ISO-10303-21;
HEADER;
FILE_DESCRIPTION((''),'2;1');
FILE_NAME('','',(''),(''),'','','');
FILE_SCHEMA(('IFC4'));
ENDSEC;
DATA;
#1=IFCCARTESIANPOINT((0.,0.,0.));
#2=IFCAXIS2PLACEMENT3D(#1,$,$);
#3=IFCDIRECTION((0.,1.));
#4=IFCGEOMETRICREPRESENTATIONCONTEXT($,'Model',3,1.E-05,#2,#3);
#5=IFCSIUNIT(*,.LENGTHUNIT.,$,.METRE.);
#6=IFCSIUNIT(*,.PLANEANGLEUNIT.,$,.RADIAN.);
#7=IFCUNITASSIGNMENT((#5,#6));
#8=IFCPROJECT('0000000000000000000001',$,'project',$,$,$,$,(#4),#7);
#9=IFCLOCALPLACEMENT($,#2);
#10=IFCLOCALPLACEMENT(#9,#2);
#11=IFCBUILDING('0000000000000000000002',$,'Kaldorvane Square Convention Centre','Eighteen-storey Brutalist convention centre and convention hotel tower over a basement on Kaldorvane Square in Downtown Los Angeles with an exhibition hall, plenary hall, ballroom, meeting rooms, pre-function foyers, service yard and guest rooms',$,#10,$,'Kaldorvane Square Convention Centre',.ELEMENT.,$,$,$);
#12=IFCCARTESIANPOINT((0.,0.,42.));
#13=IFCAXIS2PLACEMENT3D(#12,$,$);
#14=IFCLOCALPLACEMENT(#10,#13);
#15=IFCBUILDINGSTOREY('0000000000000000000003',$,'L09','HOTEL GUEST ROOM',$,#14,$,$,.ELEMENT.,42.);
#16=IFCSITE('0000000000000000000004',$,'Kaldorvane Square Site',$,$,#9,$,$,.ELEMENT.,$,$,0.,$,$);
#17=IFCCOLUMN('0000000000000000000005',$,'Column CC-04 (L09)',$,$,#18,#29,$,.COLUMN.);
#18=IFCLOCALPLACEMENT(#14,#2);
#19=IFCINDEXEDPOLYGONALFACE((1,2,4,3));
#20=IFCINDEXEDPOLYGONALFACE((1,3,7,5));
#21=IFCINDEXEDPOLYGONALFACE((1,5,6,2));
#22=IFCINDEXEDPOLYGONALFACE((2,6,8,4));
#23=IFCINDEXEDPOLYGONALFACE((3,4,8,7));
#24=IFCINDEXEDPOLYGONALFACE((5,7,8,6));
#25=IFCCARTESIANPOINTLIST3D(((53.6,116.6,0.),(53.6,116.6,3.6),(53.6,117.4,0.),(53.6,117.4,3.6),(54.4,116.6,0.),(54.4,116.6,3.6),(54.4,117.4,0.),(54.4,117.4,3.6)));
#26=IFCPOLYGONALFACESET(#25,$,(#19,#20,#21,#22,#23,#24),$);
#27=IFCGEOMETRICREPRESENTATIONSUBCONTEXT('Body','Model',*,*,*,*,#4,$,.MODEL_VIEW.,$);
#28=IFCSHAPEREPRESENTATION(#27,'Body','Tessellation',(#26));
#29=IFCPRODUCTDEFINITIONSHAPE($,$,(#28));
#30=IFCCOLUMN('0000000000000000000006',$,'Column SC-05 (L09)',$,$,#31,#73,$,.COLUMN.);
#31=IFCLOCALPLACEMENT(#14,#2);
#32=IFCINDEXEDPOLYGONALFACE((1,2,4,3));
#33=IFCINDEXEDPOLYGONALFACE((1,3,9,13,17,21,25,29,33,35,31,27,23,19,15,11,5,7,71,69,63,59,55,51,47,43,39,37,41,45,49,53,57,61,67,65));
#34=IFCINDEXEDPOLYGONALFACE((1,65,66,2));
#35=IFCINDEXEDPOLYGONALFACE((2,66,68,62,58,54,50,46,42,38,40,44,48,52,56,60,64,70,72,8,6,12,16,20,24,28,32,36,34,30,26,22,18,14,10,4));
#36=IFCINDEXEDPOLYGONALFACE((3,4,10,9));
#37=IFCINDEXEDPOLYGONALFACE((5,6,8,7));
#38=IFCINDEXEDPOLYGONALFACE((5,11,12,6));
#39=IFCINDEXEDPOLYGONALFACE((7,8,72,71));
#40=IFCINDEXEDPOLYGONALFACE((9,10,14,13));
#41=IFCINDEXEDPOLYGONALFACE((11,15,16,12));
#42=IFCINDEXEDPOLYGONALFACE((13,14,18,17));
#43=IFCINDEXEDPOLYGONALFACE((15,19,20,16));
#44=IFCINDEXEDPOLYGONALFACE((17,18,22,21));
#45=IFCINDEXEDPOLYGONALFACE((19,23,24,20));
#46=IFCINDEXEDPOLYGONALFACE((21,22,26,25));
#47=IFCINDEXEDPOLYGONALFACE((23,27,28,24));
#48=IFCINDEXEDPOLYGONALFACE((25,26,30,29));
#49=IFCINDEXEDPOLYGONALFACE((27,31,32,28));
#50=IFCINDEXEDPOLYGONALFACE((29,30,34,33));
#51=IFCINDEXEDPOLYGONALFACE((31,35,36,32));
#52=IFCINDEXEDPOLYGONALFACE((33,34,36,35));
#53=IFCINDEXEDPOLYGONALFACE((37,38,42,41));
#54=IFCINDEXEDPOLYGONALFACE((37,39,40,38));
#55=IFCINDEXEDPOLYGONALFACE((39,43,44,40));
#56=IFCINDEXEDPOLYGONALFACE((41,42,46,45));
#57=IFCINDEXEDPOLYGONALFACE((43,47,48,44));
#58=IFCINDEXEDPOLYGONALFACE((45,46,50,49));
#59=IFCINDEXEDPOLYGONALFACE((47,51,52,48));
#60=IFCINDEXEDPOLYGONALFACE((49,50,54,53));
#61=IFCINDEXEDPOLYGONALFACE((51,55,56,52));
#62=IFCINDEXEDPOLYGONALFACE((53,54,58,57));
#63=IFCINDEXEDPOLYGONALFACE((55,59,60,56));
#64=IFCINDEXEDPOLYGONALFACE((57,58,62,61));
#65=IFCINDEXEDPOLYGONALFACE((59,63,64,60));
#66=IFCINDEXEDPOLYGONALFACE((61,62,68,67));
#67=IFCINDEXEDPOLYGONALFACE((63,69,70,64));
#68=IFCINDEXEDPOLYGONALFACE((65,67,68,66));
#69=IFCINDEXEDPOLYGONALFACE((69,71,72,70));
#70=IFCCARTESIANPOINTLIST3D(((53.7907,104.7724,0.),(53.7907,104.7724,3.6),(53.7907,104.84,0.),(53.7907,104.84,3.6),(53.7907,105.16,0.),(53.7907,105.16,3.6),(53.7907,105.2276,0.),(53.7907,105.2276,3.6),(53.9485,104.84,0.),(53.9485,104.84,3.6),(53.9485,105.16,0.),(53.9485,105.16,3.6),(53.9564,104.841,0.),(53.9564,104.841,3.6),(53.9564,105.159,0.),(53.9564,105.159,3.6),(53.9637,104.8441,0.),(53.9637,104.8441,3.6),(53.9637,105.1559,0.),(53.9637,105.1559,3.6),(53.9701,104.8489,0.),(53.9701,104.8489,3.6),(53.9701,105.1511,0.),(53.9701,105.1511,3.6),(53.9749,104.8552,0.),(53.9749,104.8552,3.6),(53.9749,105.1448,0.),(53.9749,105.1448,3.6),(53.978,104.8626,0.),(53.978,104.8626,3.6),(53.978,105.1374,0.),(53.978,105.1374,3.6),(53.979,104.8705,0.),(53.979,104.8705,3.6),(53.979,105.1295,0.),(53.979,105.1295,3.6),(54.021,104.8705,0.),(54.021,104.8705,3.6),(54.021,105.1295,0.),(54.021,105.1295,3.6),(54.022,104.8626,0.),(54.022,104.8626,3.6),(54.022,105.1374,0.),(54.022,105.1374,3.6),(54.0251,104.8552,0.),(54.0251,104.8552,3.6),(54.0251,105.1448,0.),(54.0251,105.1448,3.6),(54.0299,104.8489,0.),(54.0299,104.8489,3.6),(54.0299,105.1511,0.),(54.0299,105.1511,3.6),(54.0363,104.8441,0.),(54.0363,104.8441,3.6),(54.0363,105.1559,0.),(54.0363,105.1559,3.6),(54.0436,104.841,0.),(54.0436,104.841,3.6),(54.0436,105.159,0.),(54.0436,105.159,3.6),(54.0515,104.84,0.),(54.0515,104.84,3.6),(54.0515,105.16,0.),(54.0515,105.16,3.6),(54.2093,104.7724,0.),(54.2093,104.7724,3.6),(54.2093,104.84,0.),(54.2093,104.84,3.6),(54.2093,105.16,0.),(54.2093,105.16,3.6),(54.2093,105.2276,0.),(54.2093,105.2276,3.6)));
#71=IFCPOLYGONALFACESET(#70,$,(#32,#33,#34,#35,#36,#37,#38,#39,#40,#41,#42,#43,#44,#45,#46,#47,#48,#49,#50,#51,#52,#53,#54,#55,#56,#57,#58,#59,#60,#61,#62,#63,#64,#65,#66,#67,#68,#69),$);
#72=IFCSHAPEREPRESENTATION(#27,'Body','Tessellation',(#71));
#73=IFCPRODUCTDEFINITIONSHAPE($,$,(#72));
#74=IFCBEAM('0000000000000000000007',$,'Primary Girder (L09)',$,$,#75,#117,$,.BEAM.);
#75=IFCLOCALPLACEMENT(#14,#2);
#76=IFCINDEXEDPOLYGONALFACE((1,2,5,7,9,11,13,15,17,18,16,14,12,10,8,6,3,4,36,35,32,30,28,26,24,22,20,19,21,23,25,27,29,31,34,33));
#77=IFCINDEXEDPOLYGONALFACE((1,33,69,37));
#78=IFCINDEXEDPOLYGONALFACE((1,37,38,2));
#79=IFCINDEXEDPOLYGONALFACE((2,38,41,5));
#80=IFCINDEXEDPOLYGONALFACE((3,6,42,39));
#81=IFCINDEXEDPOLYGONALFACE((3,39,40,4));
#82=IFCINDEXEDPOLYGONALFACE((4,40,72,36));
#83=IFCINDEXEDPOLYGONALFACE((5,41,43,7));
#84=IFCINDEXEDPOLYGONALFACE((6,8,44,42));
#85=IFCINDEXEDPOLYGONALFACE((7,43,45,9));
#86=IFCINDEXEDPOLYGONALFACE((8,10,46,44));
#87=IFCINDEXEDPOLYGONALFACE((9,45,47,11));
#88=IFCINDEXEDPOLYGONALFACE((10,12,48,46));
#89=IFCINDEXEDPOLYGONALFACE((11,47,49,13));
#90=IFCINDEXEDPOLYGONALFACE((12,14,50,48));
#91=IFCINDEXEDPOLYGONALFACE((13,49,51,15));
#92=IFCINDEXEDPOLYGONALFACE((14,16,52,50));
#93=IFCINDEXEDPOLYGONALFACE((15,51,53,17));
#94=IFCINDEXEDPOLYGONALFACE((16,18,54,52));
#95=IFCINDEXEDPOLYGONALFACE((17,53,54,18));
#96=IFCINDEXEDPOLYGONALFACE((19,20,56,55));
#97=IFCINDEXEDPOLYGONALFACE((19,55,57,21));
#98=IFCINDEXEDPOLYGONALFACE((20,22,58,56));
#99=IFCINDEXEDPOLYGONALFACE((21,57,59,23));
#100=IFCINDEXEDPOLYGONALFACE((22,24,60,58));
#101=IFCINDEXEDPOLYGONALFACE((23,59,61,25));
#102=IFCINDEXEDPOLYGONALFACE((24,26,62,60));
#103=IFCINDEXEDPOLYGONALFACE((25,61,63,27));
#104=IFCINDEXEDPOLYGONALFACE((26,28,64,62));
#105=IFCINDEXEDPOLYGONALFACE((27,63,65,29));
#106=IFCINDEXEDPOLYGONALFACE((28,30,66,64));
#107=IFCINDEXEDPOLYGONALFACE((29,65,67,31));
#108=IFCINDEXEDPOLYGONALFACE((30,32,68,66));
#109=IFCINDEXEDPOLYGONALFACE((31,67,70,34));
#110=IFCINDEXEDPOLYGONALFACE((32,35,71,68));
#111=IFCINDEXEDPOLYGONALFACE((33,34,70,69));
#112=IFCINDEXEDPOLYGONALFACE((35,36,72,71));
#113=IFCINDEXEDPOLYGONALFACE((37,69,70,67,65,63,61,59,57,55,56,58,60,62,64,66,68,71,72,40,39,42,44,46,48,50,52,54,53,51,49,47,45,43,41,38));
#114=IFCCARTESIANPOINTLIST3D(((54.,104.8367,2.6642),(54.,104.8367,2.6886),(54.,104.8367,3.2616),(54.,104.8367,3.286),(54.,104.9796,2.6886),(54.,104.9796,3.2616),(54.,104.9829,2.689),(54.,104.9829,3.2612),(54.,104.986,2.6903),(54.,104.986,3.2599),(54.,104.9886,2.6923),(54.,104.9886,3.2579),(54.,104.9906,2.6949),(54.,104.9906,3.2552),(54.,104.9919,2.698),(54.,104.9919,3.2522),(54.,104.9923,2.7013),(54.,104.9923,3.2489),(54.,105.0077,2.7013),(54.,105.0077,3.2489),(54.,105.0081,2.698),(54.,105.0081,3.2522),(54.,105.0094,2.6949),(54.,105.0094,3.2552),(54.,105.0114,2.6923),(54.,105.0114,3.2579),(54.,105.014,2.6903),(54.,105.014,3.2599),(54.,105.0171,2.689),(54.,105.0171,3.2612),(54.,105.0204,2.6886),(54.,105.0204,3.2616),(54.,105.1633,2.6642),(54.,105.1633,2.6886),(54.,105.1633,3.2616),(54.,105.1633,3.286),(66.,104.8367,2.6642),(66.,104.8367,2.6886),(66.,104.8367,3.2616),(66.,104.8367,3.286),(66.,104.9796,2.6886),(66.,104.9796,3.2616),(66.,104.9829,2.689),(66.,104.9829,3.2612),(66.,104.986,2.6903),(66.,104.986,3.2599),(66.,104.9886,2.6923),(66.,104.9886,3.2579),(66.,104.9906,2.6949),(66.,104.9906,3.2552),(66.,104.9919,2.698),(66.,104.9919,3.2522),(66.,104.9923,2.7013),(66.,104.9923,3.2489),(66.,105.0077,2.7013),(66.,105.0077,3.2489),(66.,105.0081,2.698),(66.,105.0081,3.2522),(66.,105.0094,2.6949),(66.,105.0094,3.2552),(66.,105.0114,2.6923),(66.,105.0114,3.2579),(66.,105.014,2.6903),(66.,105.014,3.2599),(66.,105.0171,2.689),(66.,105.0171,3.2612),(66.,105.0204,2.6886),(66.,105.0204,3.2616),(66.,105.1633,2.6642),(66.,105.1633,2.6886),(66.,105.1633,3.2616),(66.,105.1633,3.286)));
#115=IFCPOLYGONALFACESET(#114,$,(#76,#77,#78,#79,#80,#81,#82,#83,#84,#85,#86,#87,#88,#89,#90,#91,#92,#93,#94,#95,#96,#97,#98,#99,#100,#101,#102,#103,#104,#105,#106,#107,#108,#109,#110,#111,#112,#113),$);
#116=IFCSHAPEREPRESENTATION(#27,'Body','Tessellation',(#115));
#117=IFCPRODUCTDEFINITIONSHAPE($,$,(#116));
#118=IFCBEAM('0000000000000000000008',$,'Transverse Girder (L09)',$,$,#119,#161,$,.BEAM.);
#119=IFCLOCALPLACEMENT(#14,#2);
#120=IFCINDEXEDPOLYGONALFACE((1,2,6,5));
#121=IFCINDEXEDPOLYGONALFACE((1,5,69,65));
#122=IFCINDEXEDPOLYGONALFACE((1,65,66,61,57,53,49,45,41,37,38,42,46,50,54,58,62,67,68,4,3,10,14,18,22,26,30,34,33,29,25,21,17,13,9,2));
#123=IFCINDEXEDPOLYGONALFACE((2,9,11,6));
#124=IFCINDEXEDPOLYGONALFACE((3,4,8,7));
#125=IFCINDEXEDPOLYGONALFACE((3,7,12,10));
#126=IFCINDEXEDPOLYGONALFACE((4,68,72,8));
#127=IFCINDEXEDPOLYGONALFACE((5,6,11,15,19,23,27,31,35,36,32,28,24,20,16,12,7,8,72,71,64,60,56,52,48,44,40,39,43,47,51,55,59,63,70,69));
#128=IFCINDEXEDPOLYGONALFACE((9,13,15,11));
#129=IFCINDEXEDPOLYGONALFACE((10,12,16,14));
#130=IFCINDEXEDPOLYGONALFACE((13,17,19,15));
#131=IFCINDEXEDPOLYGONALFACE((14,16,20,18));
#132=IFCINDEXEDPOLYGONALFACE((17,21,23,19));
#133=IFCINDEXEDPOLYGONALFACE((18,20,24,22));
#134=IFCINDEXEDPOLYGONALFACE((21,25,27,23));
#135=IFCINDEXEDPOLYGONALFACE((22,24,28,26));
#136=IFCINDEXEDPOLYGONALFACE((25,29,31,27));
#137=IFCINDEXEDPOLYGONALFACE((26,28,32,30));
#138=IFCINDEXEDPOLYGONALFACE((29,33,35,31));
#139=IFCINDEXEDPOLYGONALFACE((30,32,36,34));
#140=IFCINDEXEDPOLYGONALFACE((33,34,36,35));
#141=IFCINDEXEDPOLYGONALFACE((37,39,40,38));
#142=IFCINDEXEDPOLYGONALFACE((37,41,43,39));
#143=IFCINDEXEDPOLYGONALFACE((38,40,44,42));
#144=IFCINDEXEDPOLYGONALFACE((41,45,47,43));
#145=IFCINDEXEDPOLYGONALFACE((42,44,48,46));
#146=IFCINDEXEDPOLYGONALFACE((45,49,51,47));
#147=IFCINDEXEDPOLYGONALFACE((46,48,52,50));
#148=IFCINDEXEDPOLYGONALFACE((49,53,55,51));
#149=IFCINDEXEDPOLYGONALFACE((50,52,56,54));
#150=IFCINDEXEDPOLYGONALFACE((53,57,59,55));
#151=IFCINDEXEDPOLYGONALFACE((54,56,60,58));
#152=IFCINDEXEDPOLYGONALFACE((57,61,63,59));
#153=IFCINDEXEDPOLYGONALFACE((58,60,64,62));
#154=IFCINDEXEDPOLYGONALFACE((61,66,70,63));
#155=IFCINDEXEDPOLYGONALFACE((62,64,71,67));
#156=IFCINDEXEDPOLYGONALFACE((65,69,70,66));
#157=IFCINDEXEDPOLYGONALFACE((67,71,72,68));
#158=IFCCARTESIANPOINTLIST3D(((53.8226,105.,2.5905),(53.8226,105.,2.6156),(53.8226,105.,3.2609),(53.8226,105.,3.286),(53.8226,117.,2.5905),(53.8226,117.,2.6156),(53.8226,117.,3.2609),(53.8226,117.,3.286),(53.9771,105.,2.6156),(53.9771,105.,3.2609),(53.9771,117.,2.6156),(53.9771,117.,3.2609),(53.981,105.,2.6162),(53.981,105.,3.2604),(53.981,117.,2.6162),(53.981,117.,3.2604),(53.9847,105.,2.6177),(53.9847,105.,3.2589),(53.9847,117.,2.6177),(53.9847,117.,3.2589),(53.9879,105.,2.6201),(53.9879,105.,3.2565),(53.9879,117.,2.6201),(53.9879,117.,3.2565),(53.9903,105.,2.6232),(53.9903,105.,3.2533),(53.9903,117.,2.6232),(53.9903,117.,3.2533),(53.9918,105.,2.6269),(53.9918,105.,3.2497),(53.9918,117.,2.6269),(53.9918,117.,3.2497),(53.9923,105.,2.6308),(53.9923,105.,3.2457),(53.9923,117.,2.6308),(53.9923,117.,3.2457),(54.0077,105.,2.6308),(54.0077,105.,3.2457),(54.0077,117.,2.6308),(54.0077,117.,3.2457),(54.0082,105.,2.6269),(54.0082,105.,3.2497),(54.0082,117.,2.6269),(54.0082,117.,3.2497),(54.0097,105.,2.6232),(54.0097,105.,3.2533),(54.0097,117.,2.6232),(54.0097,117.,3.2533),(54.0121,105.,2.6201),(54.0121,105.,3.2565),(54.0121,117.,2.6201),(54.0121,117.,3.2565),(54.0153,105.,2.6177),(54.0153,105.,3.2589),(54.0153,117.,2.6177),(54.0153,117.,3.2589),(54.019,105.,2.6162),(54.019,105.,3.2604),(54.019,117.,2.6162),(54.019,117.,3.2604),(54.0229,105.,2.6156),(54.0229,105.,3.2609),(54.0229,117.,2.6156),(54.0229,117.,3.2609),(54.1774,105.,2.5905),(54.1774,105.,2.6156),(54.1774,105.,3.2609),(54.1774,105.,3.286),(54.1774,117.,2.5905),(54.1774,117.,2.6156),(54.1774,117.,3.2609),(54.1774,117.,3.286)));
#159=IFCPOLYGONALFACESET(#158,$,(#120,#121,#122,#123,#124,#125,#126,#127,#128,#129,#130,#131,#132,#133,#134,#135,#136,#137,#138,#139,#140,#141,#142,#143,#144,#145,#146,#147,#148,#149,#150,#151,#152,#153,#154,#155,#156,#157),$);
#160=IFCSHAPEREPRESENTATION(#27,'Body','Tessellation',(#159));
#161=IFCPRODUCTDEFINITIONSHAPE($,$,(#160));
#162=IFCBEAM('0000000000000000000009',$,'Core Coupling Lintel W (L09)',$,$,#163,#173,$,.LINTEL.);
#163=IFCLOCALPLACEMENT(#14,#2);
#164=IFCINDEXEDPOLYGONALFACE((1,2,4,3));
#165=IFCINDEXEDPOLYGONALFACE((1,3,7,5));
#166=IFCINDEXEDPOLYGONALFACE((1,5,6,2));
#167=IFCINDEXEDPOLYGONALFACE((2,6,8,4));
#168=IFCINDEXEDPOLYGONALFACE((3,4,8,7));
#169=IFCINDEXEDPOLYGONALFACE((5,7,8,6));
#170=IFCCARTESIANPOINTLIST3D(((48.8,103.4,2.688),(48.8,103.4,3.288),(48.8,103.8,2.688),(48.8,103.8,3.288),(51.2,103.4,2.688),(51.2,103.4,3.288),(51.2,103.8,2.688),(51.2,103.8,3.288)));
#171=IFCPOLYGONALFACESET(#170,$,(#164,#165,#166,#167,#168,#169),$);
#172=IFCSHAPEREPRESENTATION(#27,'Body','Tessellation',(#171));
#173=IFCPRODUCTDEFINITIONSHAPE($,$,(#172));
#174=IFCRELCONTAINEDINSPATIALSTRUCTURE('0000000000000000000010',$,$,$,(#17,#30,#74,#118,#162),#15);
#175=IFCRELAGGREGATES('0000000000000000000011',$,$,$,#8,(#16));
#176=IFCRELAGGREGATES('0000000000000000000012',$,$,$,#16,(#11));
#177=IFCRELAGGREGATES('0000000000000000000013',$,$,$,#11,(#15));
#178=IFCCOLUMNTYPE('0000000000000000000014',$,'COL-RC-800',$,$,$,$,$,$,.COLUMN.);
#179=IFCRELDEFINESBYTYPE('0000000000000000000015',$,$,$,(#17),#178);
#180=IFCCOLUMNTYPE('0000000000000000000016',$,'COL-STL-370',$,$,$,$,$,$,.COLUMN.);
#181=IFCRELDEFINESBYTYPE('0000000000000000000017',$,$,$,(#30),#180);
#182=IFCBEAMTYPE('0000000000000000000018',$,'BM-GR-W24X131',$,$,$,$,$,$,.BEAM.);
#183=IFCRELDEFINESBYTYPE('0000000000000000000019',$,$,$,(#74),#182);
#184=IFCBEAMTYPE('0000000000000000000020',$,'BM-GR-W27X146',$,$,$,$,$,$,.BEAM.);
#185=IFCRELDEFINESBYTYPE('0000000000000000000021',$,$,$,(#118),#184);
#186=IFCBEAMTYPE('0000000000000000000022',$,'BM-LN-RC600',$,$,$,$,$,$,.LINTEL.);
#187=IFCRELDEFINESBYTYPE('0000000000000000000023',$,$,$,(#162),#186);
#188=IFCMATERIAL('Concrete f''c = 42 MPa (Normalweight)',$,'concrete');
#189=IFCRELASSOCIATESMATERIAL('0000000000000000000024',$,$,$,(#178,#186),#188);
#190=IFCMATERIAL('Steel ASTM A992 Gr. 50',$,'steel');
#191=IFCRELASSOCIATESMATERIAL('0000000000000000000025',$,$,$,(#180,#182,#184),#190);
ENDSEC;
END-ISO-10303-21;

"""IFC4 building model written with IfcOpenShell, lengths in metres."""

from ifc_helpers import new_model, si_unit, direction, frame, origin, origin_2d, place, context, subcontext, project, spatial, rectangle, i_section, extrude, material, material_profile, profile_set, type_object, element, save


model = new_model("IFC4")

# Units and contexts
model_context = context("Model", 3, precision=1e-05, world=origin(), true_north=direction((0.0, 1.0)))
body_context = subcontext(model_context, "Body", "Model", "MODEL_VIEW")
ifc_project = project(units=[si_unit("LENGTHUNIT", "METRE"), si_unit("PLANEANGLEUNIT", "RADIAN")], contexts=[model_context])

# Site, building, storey
site_placement = place(None, origin())
site = spatial("IfcSite", under=ifc_project, at=site_placement, Name="Kaldorvane Square Site", CompositionType="ELEMENT", RefElevation=0.0)
building_placement = place(site_placement, origin())
building = spatial("IfcBuilding", under=site, at=building_placement, Name="Kaldorvane Square Convention Centre", Description="Eighteen-storey Brutalist convention centre and convention hotel tower over a basement on Kaldorvane Square in Downtown Los Angeles with an exhibition hall, plenary hall, ballroom, meeting rooms, pre-function foyers, service yard and guest rooms", LongName="Kaldorvane Square Convention Centre", CompositionType="ELEMENT")
storey_placement = place(building_placement, frame((0.0, 0.0, 42.0)))
storey = spatial("IfcBuildingStorey", under=building, at=storey_placement, Name="L09", Description="HOTEL GUEST ROOM", CompositionType="ELEMENT", Elevation=42.0)

# Columns
ifc_material_1 = material(Name="Concrete f'c = 42 MPa (Normalweight)", Category="concrete")
ifc_material_profile_1 = material_profile(ifc_material_1, rectangle(XDim=0.8, YDim=0.8, at=origin_2d()), Name="RC800X800")
ifc_profile_set_1 = profile_set([ifc_material_profile_1], Name="Concrete f'c = 42 MPa (Normalweight)")
column_type_1 = type_object("IfcColumnType", Name="COL-RC-800", PredefinedType="COLUMN", material=ifc_profile_set_1)
column_1_placement = place(storey_placement, frame((54.0, 117.0, 0.0), z_axis=(0.0, 0.0, 1.0), x_axis=(1.0, 0.0, 0.0)))
element("IfcColumn", 1, at=column_1_placement, inside=storey, type_object=column_type_1, Name="Column CC-04 (L09)", PredefinedType="COLUMN", context=body_context, shape_type="SweptSolid", body=[
    extrude(rectangle(XDim=0.8, YDim=0.8, at=origin_2d()), origin(), (0.0, 0.0, 1.0), 3.6),
])
ifc_material_2 = material(Name="Steel ASTM A992 Gr. 50", Category="steel")
ifc_material_profile_2 = material_profile(ifc_material_2, i_section(OverallWidth=0.4185, OverallDepth=0.4552, WebThickness=0.042, FlangeThickness=0.0676, FilletRadius=0.0305, at=origin_2d()), Name="W14X370")
ifc_profile_set_2 = profile_set([ifc_material_profile_2], Name="Steel ASTM A992 Gr. 50")
column_type_2 = type_object("IfcColumnType", Name="COL-STL-370", PredefinedType="COLUMN", material=ifc_profile_set_2)
column_2_placement = place(storey_placement, frame((54.0, 105.0, 0.0), z_axis=(0.0, 0.0, 1.0), x_axis=(1.0, 0.0, 0.0)))
element("IfcColumn", 2, at=column_2_placement, inside=storey, type_object=column_type_2, Name="Column SC-05 (L09)", PredefinedType="COLUMN", context=body_context, shape_type="SweptSolid", body=[
    extrude(i_section(OverallWidth=0.4185, OverallDepth=0.4552, WebThickness=0.042, FlangeThickness=0.0676, FilletRadius=0.0305, at=origin_2d()), origin(), (0.0, 0.0, 1.0), 3.6),
])

# Beams
ifc_material_profile_3 = material_profile(ifc_material_2, i_section(OverallWidth=0.3265, OverallDepth=0.6218, WebThickness=0.0154, FlangeThickness=0.0244, FilletRadius=0.0127, at=origin_2d()), Name="W24X131")
ifc_profile_set_3 = profile_set([ifc_material_profile_3], Name="Steel ASTM A992 Gr. 50")
beam_type_1 = type_object("IfcBeamType", Name="BM-GR-W24X131", PredefinedType="BEAM", material=ifc_profile_set_3)
beam_1_placement = place(storey_placement, frame((54.0, 105.0, 2.9751), z_axis=(1.0, 0.0, 0.0), x_axis=(0.0, 1.0, 0.0)))
element("IfcBeam", 3, at=beam_1_placement, inside=storey, type_object=beam_type_1, Name="Primary Girder (L09)", PredefinedType="BEAM", context=body_context, shape_type="SweptSolid", body=[
    extrude(i_section(OverallWidth=0.3265, OverallDepth=0.6218, WebThickness=0.0154, FlangeThickness=0.0244, FilletRadius=0.0127, at=origin_2d()), origin(), (0.0, 0.0, 1.0), 12.0),
])
ifc_material_profile_4 = material_profile(ifc_material_2, i_section(OverallWidth=0.3547, OverallDepth=0.6955, WebThickness=0.0154, FlangeThickness=0.0251, FilletRadius=0.0152, at=origin_2d()), Name="W27X146")
ifc_profile_set_4 = profile_set([ifc_material_profile_4], Name="Steel ASTM A992 Gr. 50")
beam_type_2 = type_object("IfcBeamType", Name="BM-GR-W27X146", PredefinedType="BEAM", material=ifc_profile_set_4)
beam_2_placement = place(storey_placement, frame((54.0, 105.0, 2.9383), z_axis=(0.0, 1.0, 0.0), x_axis=(-1.0, 0.0, 0.0)))
element("IfcBeam", 4, at=beam_2_placement, inside=storey, type_object=beam_type_2, Name="Transverse Girder (L09)", PredefinedType="BEAM", context=body_context, shape_type="SweptSolid", body=[
    extrude(i_section(OverallWidth=0.3547, OverallDepth=0.6955, WebThickness=0.0154, FlangeThickness=0.0251, FilletRadius=0.0152, at=origin_2d()), origin(), (0.0, 0.0, 1.0), 12.0),
])
ifc_material_profile_5 = material_profile(ifc_material_1, rectangle(XDim=0.4, YDim=0.6, at=origin_2d()), Name="RCLN600X400")
ifc_profile_set_5 = profile_set([ifc_material_profile_5], Name="Concrete f'c = 42 MPa (Normalweight)")
beam_type_3 = type_object("IfcBeamType", Name="BM-LN-RC600", PredefinedType="LINTEL", material=ifc_profile_set_5)
beam_3_placement = place(storey_placement, frame((48.8, 103.6, 2.988), z_axis=(1.0, 0.0, 0.0), x_axis=(0.0, 1.0, 0.0)))
element("IfcBeam", 5, at=beam_3_placement, inside=storey, type_object=beam_type_3, Name="Core Coupling Lintel W (L09)", PredefinedType="LINTEL", context=body_context, shape_type="SweptSolid", body=[
    extrude(rectangle(XDim=0.4, YDim=0.6, at=origin_2d()), origin(), (0.0, 0.0, 1.0), 2.4),
])

save(model, "model.ifc")
